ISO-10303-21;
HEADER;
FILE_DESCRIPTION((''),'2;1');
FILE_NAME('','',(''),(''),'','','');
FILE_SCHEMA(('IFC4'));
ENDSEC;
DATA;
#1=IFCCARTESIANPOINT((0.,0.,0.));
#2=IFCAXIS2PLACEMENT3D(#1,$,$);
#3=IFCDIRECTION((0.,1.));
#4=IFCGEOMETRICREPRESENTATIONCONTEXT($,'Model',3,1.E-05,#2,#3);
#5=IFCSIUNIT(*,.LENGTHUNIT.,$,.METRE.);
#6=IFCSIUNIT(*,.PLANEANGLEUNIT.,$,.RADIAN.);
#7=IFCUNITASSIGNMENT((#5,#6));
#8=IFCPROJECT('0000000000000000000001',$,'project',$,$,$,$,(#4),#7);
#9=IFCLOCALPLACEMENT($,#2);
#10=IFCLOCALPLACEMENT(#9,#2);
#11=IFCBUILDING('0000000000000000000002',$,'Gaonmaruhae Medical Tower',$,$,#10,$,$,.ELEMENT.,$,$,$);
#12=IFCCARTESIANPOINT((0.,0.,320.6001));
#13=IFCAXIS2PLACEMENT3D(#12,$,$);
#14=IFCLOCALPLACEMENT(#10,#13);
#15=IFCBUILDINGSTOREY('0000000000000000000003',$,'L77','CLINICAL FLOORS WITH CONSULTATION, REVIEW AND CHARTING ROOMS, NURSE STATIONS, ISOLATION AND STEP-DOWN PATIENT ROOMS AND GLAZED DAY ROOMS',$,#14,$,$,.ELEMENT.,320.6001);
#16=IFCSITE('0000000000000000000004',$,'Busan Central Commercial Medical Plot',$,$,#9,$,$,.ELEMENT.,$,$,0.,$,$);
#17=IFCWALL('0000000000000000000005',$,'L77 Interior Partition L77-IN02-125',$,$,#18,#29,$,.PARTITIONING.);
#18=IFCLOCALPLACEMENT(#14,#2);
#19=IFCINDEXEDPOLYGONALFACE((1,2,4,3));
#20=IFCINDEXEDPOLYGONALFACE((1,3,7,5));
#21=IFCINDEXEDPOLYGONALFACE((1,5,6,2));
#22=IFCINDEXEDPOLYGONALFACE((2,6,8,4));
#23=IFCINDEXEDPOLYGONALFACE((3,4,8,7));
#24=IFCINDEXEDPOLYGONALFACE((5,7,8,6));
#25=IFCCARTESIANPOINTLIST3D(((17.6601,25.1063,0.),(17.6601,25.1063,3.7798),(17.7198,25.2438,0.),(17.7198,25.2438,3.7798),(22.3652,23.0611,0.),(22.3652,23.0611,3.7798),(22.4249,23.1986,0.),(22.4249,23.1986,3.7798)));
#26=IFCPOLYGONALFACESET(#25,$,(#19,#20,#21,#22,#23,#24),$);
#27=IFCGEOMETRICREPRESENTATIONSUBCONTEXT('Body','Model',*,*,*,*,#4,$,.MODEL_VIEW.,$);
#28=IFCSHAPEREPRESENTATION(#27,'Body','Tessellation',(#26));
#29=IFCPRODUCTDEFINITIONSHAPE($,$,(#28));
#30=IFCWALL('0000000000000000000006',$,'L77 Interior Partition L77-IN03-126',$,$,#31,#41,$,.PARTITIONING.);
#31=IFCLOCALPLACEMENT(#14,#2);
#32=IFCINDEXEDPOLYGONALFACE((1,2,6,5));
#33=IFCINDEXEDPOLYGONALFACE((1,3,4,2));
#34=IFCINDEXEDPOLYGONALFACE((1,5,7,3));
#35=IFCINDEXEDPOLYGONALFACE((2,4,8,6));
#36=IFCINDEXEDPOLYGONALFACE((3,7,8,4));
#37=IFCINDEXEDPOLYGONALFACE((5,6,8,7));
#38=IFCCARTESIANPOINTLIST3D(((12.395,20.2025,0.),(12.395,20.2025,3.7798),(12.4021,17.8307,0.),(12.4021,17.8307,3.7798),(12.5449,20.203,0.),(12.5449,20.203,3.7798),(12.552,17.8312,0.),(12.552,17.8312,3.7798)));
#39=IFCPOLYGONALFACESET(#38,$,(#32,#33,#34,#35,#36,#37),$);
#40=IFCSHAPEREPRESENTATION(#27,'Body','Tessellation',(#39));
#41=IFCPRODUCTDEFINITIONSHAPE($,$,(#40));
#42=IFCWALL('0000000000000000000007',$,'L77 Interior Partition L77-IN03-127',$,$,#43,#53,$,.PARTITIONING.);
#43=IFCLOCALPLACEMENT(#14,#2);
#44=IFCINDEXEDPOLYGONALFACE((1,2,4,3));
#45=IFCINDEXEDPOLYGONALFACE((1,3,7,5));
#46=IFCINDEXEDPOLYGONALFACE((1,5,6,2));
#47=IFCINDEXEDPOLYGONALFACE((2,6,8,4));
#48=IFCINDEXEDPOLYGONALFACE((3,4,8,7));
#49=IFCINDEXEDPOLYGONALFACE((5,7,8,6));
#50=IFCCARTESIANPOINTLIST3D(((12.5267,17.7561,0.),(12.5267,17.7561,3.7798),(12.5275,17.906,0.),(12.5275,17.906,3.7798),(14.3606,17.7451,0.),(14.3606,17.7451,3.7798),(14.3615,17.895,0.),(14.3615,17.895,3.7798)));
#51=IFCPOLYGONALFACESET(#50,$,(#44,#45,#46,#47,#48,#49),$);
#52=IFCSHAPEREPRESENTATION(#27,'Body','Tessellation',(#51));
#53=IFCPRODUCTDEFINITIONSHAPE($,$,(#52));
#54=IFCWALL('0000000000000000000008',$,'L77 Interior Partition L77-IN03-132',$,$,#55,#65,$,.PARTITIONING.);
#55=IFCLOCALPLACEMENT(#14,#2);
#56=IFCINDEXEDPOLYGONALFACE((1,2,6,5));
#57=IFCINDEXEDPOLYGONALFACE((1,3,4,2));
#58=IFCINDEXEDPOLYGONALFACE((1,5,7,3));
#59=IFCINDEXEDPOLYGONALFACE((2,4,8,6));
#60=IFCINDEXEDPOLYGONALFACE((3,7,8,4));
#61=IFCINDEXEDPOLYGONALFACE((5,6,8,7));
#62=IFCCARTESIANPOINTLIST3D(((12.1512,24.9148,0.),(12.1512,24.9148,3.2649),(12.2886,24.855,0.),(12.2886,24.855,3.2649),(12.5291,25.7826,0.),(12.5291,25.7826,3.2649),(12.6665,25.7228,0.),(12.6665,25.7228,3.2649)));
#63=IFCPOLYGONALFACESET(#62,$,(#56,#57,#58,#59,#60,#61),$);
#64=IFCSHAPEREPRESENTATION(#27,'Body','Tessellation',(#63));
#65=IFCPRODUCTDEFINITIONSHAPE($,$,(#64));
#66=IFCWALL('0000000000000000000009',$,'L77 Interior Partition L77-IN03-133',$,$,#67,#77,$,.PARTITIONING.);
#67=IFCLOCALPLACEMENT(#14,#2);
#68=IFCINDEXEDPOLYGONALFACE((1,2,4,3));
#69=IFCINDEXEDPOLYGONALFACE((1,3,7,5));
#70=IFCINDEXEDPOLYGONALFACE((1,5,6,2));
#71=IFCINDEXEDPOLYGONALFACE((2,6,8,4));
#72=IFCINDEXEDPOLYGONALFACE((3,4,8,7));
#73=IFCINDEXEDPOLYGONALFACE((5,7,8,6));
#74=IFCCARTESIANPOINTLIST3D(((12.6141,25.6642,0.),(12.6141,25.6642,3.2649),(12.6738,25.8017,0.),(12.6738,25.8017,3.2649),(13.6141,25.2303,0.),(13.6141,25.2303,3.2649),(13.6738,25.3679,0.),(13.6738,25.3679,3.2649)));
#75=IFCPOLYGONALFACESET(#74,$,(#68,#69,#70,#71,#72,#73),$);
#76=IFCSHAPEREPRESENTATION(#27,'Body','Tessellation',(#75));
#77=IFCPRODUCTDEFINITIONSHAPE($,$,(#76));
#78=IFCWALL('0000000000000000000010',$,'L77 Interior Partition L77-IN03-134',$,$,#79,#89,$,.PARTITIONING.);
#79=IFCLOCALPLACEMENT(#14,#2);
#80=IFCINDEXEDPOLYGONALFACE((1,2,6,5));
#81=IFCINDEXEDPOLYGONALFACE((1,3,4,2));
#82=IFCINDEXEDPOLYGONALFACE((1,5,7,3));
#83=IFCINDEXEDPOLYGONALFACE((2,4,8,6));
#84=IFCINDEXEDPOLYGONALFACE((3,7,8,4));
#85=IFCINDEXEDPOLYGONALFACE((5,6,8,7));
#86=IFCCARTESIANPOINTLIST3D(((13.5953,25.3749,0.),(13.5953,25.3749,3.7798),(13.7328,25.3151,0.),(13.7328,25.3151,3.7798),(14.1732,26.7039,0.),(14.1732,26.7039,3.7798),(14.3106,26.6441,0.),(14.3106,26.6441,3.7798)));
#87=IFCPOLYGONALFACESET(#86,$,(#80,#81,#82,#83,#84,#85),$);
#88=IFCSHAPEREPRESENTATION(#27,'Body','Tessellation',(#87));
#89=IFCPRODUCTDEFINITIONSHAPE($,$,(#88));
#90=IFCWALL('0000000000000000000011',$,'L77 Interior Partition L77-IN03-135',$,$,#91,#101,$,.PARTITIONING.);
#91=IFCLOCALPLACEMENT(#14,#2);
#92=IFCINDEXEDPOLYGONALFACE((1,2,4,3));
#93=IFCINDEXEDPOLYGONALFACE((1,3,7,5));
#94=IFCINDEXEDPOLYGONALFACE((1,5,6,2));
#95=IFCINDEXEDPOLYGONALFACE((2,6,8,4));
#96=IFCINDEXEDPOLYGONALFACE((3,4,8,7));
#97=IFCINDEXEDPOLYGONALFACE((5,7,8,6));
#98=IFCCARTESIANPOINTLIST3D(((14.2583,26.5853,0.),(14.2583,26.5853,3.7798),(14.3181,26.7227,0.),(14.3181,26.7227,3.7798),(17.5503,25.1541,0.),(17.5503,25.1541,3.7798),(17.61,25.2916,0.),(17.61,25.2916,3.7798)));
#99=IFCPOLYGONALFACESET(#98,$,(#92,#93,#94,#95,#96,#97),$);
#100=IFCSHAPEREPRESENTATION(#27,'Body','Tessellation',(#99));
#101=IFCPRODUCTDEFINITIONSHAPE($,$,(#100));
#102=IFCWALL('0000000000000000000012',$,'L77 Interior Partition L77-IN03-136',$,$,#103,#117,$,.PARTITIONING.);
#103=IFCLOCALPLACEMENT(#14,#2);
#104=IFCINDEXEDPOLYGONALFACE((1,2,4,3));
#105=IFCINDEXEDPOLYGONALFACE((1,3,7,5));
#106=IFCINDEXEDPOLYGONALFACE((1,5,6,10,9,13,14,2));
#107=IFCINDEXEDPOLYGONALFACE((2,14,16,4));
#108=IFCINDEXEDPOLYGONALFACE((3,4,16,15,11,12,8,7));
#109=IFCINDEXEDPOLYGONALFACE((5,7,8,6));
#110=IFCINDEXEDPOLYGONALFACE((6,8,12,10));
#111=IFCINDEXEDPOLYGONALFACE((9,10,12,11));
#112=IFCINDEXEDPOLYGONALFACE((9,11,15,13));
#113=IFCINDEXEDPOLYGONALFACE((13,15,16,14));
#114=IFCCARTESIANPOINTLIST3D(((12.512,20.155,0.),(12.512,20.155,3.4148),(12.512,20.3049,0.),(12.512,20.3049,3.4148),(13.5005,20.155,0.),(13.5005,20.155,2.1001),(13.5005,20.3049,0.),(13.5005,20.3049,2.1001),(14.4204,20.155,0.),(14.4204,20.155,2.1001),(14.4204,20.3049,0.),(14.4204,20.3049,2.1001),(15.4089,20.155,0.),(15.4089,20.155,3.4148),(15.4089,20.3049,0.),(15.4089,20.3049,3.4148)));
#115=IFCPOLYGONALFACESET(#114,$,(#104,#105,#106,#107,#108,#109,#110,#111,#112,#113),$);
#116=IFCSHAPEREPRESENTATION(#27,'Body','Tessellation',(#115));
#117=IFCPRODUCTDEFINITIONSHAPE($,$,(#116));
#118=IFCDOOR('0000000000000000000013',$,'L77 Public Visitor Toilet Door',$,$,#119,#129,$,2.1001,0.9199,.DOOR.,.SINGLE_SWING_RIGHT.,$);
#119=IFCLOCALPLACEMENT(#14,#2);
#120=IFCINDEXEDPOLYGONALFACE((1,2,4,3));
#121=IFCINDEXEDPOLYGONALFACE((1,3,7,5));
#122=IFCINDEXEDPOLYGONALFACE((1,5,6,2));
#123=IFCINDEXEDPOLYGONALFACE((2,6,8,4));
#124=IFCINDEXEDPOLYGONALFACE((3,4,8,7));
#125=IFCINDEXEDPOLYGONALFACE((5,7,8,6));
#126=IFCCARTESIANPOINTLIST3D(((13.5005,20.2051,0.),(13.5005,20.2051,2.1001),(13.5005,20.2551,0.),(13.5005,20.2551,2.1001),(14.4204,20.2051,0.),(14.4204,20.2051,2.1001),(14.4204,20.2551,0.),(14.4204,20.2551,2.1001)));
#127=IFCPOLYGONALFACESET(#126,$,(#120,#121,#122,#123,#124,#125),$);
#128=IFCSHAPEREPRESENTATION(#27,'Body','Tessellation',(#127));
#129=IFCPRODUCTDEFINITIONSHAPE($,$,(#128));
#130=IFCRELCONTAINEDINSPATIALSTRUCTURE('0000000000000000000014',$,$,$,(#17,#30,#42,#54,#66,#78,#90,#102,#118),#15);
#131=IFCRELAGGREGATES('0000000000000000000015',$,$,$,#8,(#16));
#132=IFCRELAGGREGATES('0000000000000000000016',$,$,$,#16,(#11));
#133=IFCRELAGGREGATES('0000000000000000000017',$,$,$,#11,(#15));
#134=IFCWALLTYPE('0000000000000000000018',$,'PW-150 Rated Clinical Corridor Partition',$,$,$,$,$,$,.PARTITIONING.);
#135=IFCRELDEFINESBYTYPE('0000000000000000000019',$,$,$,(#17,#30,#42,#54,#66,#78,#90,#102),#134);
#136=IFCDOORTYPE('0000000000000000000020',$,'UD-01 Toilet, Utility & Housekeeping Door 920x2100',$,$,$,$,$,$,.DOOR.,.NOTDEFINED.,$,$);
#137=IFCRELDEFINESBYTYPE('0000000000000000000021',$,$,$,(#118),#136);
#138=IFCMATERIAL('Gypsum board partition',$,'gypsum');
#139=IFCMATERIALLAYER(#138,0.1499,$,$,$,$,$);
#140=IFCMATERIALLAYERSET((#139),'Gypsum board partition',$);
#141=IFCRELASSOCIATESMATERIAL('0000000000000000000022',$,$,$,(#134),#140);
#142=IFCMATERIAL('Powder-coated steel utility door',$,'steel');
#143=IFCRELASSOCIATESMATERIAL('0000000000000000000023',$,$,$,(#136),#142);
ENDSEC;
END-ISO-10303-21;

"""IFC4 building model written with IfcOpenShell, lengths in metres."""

from ifc_helpers import new_model, si_unit, direction, frame, frame_2d, origin, place, context, subcontext, project, spatial, rectangle, extrude, material, layer, layer_set, type_object, element, fill, save


model = new_model("IFC4")

# Units and contexts
model_context = context("Model", 3, precision=1e-05, world=origin(), true_north=direction((0.0, 1.0)))
body_context = subcontext(model_context, "Body", "Model", "MODEL_VIEW")
ifc_project = project(units=[si_unit("LENGTHUNIT", "METRE"), si_unit("PLANEANGLEUNIT", "RADIAN")], contexts=[model_context])

# Site, building, storey
site_placement = place(None, origin())
site = spatial("IfcSite", under=ifc_project, at=site_placement, Name="Busan Central Commercial Medical Plot", CompositionType="ELEMENT", RefElevation=0.0)
building_placement = place(site_placement, origin())
building = spatial("IfcBuilding", under=site, at=building_placement, Name="Gaonmaruhae Medical Tower", CompositionType="ELEMENT")
storey_placement = place(building_placement, frame((0.0, 0.0, 320.6001)))
storey = spatial("IfcBuildingStorey", under=building, at=storey_placement, Name="L77", Description="CLINICAL FLOORS WITH CONSULTATION, REVIEW AND CHARTING ROOMS, NURSE STATIONS, ISOLATION AND STEP-DOWN PATIENT ROOMS AND GLAZED DAY ROOMS", CompositionType="ELEMENT", Elevation=320.6001)

# Walls
ifc_material_1 = material(Name="Gypsum board partition", Category="gypsum")
ifc_layer_1 = layer(ifc_material_1, 0.1499)
ifc_layer_set_1 = layer_set([ifc_layer_1], Name="Gypsum board partition")
wall_type_1 = type_object("IfcWallType", Name="PW-150 Rated Clinical Corridor Partition", PredefinedType="PARTITIONING", material=ifc_layer_set_1)
wall_1_placement = place(storey_placement, frame((17.6899, 25.175, 0.0), z_axis=(0.0, 0.0, 1.0), x_axis=(0.917107, -0.398641, 0.0)))
element("IfcWall", 1, at=wall_1_placement, inside=storey, type_object=wall_type_1, Name="L77 Interior Partition L77-IN02-125", PredefinedType="PARTITIONING", context=body_context, shape_type="SweptSolid", body=[
    extrude(rectangle(XDim=5.1304, YDim=0.1499, at=frame_2d((2.5652, 0.0))), origin(), (0.0, 0.0, 1.0), 3.7798),
])
wall_2_placement = place(storey_placement, frame((12.47, 20.2029, 0.0), z_axis=(0.0, 0.0, 1.0), x_axis=(0.002985, -0.999996, 0.0)))
element("IfcWall", 2, at=wall_2_placement, inside=storey, type_object=wall_type_1, Name="L77 Interior Partition L77-IN03-126", PredefinedType="PARTITIONING", context=body_context, shape_type="SweptSolid", body=[
    extrude(rectangle(XDim=2.3718, YDim=0.1499, at=frame_2d((1.186, 0.0))), origin(), (0.0, 0.0, 1.0), 3.7798),
])
wall_3_placement = place(storey_placement, frame((12.5271, 17.8311, 0.0), z_axis=(0.0, 0.0, 1.0), x_axis=(0.999982, -0.00599, 0.0)))
element("IfcWall", 3, at=wall_3_placement, inside=storey, type_object=wall_type_1, Name="L77 Interior Partition L77-IN03-127", PredefinedType="PARTITIONING", context=body_context, shape_type="SweptSolid", body=[
    extrude(rectangle(XDim=1.834, YDim=0.1499, at=frame_2d((0.917, 0.0))), origin(), (0.0, 0.0, 1.0), 3.7798),
])
wall_4_placement = place(storey_placement, frame((12.22, 24.885, 0.0), z_axis=(0.0, 0.0, 1.0), x_axis=(0.399235, 0.916849, 0.0)))
element("IfcWall", 4, at=wall_4_placement, inside=storey, type_object=wall_type_1, Name="L77 Interior Partition L77-IN03-132", PredefinedType="PARTITIONING", context=body_context, shape_type="SweptSolid", body=[
    extrude(rectangle(XDim=0.9465, YDim=0.1499, at=frame_2d((0.4731, 0.0))), origin(), (0.0, 0.0, 1.0), 3.2649),
])
wall_5_placement = place(storey_placement, frame((12.644, 25.7329, 0.0), z_axis=(0.0, 0.0, 1.0), x_axis=(0.917387, -0.397997, 0.0)))
element("IfcWall", 5, at=wall_5_placement, inside=storey, type_object=wall_type_1, Name="L77 Interior Partition L77-IN03-133", PredefinedType="PARTITIONING", context=body_context, shape_type="SweptSolid", body=[
    extrude(rectangle(XDim=1.0901, YDim=0.1499, at=frame_2d((0.5449, 0.0))), origin(), (0.0, 0.0, 1.0), 3.2649),
])
wall_6_placement = place(storey_placement, frame((13.6641, 25.345, 0.0), z_axis=(0.0, 0.0, 1.0), x_axis=(0.398732, 0.917067, 0.0)))
element("IfcWall", 6, at=wall_6_placement, inside=storey, type_object=wall_type_1, Name="L77 Interior Partition L77-IN03-134", PredefinedType="PARTITIONING", context=body_context, shape_type="SweptSolid", body=[
    extrude(rectangle(XDim=1.4492, YDim=0.1499, at=frame_2d((0.7246, 0.0))), origin(), (0.0, 0.0, 1.0), 3.7798),
])
wall_7_placement = place(storey_placement, frame((14.2881, 26.6541, 0.0), z_axis=(0.0, 0.0, 1.0), x_axis=(0.917085, -0.398691, 0.0)))
element("IfcWall", 7, at=wall_7_placement, inside=storey, type_object=wall_type_1, Name="L77 Interior Partition L77-IN03-135", PredefinedType="PARTITIONING", context=body_context, shape_type="SweptSolid", body=[
    extrude(rectangle(XDim=3.5896, YDim=0.1499, at=frame_2d((1.7949, 0.0))), origin(), (0.0, 0.0, 1.0), 3.7798),
])

# Wall, opening, door
wall_8_placement = place(storey_placement, frame((15.4089, 20.23, 0.0), z_axis=(0.0, 0.0, 1.0), x_axis=(-1.0, 0.0, 0.0)))
wall_8 = element("IfcWall", 8, at=wall_8_placement, inside=storey, type_object=wall_type_1, Name="L77 Interior Partition L77-IN03-136", PredefinedType="PARTITIONING", context=body_context, shape_type="SweptSolid", body=[
    extrude(rectangle(XDim=2.897, YDim=0.1499, at=frame_2d((1.4485, 0.0))), origin(), (0.0, 0.0, 1.0), 3.4148),
])
opening_1_placement = place(wall_8_placement, frame((0.9885, 0.0, 0.0)))
opening_1 = element("IfcOpeningElement", 9, at=opening_1_placement, cuts=wall_8, PredefinedType="OPENING", context=body_context, shape_type="SweptSolid", body=[
    extrude(rectangle(XDim=0.9199, YDim=2.1001, at=frame_2d((0.46, 1.05))), frame((0.0, 0.085, 0.0), z_axis=(0.0, -1.0, 0.0), x_axis=(1.0, 0.0, 0.0)), (0.0, 0.0, 1.0), 0.1699),
])
ifc_material_2 = material(Name="Powder-coated steel utility door", Category="steel")
door_type = type_object("IfcDoorType", Name="UD-01 Toilet, Utility & Housekeeping Door 920x2100", OperationType="NOTDEFINED", PredefinedType="DOOR", material=ifc_material_2)
door_placement = place(opening_1_placement, origin())
door = element("IfcDoor", 10, at=door_placement, inside=storey, type_object=door_type, Name="L77 Public Visitor Toilet Door", OperationType="SINGLE_SWING_RIGHT", OverallHeight=2.1001, OverallWidth=0.9199, PredefinedType="DOOR", context=body_context, shape_type="SweptSolid", body=[
    extrude(rectangle(XDim=0.9199, YDim=2.1001, at=frame_2d((0.46, 1.05))), frame((0.0, 0.0249, 0.0), z_axis=(0.0, -1.0, 0.0), x_axis=(1.0, 0.0, 0.0)), (0.0, 0.0, 1.0), 0.05),
])
fill(opening_1, door)

save(model, "model.ifc")
